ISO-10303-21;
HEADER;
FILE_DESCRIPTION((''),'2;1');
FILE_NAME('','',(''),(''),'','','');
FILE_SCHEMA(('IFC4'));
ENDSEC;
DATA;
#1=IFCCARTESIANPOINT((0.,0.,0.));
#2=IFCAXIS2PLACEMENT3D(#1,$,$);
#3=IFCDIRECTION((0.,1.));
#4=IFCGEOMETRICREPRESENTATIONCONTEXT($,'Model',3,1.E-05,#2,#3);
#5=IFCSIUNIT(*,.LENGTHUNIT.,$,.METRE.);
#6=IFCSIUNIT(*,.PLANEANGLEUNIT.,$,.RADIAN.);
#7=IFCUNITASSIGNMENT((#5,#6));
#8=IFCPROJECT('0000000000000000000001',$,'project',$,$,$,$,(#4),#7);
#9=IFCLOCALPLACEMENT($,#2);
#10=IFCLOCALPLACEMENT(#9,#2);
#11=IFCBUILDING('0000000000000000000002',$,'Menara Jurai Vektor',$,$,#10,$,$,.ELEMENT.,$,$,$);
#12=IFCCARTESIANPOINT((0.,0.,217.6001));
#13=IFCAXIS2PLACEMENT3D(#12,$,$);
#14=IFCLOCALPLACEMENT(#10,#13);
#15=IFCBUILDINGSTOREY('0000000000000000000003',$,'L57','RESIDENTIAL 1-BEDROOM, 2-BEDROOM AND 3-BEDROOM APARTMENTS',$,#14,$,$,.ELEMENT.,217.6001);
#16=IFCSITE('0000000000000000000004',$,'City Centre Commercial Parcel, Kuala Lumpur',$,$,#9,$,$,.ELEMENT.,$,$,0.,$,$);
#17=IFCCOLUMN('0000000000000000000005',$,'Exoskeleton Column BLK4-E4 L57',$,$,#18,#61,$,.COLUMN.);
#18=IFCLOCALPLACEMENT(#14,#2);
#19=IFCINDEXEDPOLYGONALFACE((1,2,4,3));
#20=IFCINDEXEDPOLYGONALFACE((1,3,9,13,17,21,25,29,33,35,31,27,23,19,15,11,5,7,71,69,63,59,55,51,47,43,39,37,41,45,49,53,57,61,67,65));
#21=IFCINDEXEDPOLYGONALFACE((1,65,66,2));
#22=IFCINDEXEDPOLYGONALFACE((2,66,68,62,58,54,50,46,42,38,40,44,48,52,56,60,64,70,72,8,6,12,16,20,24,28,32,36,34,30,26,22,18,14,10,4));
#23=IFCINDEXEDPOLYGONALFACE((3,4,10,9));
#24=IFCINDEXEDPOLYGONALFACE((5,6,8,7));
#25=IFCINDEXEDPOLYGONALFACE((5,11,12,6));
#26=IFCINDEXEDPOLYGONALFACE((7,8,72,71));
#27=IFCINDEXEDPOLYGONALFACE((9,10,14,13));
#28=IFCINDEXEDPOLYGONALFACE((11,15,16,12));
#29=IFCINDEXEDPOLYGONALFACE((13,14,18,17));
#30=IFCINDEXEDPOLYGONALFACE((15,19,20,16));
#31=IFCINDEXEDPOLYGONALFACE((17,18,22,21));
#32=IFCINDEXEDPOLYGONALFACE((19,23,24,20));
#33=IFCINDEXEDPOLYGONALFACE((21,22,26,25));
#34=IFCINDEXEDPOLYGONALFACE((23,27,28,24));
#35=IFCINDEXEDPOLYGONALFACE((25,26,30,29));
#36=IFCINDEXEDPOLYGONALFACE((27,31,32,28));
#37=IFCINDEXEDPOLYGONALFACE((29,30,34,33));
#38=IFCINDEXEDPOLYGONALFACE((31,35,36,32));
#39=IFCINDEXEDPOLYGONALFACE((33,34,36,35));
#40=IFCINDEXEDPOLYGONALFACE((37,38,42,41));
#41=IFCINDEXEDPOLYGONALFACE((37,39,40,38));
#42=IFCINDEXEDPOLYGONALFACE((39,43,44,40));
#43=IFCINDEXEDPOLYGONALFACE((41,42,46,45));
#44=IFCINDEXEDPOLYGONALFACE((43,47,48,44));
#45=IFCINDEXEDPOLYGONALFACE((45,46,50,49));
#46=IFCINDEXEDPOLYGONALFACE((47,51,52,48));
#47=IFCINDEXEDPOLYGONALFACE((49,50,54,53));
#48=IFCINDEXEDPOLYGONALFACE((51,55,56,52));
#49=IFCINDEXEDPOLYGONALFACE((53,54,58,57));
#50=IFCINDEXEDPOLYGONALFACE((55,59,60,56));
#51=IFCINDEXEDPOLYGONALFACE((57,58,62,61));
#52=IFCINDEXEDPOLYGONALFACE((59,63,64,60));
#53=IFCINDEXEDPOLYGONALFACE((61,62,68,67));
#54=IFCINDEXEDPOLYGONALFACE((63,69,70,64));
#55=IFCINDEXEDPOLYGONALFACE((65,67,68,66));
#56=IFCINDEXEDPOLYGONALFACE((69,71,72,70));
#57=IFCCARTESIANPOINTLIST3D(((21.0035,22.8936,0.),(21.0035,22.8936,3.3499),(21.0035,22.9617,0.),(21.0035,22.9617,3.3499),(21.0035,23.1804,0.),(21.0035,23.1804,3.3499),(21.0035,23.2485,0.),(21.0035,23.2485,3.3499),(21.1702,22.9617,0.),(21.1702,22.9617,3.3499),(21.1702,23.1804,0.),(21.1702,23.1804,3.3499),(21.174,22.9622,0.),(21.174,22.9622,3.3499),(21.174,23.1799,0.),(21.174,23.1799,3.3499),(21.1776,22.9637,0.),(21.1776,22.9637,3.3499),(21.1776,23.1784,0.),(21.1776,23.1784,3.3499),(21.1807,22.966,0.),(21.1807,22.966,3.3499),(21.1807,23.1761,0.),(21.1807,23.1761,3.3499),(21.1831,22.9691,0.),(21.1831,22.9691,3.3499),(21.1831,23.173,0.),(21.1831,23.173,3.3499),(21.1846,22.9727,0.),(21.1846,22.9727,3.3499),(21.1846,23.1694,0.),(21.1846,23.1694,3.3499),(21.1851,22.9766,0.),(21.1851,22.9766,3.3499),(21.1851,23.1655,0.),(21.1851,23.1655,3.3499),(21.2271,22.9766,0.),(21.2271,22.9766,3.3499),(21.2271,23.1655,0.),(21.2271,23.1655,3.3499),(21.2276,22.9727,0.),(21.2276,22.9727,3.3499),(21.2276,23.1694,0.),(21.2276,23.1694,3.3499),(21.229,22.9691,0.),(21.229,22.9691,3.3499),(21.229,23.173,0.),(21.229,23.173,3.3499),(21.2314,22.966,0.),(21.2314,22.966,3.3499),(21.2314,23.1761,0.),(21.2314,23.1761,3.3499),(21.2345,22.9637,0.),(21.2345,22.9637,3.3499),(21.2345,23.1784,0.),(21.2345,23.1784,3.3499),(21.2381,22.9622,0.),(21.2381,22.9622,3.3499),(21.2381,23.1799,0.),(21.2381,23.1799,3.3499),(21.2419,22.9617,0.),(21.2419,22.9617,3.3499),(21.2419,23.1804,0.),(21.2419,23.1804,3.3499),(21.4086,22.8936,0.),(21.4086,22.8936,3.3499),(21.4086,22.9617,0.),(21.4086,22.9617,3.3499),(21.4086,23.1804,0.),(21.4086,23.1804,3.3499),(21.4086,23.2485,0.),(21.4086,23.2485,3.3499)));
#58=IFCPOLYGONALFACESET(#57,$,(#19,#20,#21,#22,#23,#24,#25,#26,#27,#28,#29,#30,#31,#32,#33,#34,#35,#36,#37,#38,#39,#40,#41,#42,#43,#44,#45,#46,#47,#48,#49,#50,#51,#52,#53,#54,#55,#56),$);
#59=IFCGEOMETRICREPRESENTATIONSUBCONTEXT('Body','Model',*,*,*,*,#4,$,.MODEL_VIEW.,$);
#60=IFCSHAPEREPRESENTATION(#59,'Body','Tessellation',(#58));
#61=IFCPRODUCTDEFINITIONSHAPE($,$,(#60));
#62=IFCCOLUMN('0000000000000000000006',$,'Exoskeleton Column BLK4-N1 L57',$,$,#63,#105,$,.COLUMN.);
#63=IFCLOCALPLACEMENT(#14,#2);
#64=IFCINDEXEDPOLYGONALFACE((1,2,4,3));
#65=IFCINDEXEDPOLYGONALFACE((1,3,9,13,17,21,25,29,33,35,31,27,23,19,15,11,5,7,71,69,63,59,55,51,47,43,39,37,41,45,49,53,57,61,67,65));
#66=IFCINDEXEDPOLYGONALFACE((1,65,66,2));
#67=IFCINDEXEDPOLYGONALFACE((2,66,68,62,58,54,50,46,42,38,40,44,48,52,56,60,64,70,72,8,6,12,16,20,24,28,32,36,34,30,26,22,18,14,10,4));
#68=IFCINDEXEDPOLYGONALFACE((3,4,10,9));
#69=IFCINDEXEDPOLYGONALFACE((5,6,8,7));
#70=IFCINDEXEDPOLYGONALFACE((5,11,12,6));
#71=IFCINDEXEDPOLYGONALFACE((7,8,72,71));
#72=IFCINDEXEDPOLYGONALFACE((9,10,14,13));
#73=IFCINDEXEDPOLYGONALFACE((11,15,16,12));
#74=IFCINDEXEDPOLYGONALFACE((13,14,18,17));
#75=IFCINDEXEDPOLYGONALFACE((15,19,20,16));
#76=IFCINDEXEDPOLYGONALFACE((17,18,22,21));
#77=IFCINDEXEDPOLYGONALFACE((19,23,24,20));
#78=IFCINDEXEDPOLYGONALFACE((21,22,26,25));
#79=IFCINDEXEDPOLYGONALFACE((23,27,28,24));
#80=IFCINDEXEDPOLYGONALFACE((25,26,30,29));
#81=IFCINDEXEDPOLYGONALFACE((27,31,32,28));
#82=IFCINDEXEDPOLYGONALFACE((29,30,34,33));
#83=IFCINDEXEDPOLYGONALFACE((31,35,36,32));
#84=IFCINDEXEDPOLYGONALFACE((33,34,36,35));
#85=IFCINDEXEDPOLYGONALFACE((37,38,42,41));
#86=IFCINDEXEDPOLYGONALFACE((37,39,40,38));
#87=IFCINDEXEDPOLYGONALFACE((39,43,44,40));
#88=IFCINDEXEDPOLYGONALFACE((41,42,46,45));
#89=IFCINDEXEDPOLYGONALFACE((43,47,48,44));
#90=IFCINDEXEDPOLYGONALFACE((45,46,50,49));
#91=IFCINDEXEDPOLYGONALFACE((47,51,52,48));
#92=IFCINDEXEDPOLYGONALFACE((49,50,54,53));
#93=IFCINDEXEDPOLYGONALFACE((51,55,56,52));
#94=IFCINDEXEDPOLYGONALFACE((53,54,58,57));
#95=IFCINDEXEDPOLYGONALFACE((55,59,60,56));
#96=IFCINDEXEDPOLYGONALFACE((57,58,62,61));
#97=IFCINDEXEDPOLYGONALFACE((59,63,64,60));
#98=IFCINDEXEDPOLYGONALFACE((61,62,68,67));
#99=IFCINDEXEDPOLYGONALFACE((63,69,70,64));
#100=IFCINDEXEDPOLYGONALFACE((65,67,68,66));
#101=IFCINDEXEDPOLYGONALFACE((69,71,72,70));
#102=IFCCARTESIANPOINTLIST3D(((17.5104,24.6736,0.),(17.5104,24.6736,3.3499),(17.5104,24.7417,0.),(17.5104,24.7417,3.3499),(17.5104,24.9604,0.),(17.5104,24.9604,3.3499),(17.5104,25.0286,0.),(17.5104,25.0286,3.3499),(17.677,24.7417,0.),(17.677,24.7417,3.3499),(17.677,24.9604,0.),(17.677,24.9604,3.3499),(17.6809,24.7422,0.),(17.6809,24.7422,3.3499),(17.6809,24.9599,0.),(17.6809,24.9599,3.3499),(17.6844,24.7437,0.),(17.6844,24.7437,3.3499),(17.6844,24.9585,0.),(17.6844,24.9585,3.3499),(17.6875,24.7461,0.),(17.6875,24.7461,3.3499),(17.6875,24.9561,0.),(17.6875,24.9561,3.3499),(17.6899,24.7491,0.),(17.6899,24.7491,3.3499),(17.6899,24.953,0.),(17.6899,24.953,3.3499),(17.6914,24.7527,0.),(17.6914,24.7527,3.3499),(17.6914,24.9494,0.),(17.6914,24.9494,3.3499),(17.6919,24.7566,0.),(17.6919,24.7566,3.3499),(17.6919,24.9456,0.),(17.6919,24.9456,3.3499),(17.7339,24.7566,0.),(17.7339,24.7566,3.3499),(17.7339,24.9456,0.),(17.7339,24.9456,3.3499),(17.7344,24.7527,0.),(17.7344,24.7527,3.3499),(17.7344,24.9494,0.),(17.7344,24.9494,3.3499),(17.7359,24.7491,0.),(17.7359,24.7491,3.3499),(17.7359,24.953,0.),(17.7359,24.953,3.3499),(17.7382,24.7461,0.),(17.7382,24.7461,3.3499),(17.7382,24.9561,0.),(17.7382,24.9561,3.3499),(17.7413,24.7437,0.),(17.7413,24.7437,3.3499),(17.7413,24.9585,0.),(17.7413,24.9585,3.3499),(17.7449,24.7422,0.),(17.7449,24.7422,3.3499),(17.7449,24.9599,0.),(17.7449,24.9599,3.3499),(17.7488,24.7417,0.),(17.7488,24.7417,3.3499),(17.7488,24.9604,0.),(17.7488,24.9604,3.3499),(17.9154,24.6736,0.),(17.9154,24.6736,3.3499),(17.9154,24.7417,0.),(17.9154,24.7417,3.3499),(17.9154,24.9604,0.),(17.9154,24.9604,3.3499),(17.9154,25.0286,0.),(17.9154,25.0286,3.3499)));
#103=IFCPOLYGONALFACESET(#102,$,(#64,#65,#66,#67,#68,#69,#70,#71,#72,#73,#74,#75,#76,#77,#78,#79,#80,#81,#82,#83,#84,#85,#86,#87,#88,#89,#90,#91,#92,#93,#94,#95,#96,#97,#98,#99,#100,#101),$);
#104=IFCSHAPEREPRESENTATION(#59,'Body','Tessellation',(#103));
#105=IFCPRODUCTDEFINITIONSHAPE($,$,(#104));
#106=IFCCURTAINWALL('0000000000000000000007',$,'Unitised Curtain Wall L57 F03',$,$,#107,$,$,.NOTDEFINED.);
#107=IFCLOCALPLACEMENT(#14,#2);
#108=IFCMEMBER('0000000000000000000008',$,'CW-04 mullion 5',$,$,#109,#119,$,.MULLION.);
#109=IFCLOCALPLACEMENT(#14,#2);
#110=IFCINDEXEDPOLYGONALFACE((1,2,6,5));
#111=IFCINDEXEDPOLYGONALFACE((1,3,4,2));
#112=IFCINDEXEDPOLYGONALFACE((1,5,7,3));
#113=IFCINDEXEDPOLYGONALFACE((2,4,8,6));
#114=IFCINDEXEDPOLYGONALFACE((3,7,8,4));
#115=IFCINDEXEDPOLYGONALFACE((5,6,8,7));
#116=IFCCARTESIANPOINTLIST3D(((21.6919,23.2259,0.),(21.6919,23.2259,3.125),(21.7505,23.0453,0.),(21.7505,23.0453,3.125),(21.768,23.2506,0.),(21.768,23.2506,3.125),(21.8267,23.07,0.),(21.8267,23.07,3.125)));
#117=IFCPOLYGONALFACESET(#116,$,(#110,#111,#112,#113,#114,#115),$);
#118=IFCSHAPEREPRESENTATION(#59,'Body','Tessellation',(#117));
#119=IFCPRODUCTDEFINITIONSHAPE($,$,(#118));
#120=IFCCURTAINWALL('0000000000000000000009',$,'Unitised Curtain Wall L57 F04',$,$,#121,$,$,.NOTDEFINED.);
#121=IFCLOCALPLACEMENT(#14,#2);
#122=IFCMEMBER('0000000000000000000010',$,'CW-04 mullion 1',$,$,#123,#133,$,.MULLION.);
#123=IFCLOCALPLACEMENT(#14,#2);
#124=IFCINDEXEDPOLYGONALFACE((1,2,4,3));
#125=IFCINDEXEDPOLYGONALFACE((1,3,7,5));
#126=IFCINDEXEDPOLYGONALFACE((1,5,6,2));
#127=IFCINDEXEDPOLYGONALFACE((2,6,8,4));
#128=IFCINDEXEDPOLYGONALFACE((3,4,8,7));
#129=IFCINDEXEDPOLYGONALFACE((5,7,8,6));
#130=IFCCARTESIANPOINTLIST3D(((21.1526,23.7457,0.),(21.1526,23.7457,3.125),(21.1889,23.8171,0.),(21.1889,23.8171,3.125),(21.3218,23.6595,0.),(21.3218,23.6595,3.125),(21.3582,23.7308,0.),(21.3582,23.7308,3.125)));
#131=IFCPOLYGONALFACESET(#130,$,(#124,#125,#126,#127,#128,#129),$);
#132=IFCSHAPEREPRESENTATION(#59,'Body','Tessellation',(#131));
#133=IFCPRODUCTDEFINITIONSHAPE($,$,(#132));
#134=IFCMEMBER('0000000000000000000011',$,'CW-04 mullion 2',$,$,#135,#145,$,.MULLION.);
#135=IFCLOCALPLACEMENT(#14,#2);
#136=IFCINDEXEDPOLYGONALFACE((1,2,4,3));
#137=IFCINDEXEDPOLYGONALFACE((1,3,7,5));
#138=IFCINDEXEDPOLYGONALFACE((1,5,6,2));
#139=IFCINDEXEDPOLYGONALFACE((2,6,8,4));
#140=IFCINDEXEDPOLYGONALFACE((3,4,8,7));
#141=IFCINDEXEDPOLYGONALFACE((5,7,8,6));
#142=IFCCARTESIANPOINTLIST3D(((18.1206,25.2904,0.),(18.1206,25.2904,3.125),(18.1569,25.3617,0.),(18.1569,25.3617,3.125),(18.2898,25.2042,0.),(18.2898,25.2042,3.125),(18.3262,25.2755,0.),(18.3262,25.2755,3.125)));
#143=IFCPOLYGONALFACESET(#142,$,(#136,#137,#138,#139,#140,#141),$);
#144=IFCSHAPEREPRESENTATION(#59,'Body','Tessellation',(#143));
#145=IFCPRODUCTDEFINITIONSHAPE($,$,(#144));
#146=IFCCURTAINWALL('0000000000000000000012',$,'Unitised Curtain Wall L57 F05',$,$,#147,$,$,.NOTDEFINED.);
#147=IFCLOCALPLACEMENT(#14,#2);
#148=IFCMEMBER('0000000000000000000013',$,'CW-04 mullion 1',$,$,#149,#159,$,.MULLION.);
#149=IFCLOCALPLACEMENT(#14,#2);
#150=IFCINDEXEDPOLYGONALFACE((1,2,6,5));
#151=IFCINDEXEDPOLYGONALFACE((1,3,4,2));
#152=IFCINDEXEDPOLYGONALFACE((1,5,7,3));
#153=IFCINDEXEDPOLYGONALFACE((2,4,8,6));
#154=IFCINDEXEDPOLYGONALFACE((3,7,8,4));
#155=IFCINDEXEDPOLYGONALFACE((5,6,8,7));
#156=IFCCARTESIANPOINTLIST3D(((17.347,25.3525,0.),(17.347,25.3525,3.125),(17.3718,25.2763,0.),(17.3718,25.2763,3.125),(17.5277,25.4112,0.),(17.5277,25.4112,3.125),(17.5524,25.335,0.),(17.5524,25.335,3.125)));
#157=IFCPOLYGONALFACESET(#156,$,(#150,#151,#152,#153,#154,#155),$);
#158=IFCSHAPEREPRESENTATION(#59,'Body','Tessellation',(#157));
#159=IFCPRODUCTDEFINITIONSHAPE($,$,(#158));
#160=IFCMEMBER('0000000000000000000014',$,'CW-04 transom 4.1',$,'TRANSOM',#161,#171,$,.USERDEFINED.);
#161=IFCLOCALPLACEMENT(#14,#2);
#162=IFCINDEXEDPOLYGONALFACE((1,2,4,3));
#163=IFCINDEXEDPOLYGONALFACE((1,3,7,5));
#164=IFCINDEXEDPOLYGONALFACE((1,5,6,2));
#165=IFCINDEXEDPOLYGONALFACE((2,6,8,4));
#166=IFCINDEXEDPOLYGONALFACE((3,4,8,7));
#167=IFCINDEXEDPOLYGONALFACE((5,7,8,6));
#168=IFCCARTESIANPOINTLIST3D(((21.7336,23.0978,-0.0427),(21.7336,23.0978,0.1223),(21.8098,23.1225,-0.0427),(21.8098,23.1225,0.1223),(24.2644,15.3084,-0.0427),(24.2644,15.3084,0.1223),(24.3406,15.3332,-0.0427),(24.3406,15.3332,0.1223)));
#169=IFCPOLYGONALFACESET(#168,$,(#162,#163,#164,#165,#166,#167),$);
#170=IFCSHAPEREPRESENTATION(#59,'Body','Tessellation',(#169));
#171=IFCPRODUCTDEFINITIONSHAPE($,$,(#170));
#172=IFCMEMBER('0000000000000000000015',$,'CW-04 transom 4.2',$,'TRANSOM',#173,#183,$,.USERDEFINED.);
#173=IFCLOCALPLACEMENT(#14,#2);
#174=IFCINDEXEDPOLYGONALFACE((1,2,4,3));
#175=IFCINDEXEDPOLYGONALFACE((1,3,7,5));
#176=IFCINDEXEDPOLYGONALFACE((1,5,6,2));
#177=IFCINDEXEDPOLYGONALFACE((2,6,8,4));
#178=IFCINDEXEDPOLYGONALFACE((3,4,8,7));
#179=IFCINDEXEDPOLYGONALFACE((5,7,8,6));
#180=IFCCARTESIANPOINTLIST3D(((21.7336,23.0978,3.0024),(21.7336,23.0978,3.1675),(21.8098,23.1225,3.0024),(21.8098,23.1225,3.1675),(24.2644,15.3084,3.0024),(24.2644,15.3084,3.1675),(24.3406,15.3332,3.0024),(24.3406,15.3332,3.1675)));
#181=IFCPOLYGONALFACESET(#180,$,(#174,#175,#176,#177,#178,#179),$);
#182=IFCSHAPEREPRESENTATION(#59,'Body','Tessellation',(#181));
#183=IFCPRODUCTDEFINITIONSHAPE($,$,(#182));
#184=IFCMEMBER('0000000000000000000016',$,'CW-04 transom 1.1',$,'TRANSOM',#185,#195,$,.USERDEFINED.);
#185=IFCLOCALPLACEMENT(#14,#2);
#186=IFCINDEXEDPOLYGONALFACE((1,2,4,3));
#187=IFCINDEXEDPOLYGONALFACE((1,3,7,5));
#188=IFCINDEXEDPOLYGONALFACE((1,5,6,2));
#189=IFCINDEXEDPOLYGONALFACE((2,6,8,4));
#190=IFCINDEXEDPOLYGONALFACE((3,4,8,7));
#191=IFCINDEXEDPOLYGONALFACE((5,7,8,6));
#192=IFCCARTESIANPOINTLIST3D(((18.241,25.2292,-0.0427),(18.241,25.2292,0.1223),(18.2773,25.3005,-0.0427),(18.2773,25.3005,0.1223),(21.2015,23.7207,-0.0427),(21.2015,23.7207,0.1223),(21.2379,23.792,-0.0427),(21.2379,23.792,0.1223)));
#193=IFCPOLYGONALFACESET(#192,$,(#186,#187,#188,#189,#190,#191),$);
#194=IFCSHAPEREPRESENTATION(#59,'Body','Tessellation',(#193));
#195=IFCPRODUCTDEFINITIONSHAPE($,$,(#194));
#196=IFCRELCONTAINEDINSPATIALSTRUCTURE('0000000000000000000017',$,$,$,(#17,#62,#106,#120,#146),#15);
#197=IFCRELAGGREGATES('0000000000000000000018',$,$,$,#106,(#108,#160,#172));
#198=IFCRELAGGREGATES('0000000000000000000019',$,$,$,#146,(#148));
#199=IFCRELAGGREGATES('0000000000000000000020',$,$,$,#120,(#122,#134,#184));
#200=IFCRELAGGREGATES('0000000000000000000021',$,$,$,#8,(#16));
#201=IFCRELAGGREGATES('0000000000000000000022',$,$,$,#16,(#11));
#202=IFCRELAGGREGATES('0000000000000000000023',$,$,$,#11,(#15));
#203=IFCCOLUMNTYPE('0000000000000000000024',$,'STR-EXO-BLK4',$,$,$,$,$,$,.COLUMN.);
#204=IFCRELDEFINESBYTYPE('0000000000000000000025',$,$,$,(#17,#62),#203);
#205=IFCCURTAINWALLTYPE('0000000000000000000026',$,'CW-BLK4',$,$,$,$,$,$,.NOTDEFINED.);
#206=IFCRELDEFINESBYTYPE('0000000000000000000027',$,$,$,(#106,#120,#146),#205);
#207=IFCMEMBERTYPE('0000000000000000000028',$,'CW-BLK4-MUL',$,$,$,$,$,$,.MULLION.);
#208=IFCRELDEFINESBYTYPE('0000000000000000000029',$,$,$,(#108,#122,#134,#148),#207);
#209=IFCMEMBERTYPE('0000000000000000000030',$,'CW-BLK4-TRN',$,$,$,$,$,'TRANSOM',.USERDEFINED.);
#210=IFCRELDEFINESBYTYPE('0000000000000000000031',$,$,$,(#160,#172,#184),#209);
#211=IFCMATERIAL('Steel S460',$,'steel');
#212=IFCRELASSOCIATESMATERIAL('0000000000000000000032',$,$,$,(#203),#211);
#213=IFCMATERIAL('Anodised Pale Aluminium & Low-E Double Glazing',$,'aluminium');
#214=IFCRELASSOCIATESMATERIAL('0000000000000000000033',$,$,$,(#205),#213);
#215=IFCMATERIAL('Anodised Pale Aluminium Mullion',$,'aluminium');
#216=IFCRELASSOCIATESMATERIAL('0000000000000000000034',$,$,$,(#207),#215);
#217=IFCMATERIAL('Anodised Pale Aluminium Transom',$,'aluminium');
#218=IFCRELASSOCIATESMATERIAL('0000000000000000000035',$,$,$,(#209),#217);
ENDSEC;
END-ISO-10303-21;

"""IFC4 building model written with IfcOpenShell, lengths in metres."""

from ifc_helpers import new_model, si_unit, direction, frame, origin, origin_2d, place, context, subcontext, project, spatial, rectangle, i_section, extrude, material, material_profile, profile_set, type_object, element, aggregate, save


model = new_model("IFC4")

# Units and contexts
model_context = context("Model", 3, precision=1e-05, world=origin(), true_north=direction((0.0, 1.0)))
body_context = subcontext(model_context, "Body", "Model", "MODEL_VIEW")
ifc_project = project(units=[si_unit("LENGTHUNIT", "METRE"), si_unit("PLANEANGLEUNIT", "RADIAN")], contexts=[model_context])

# Site, building, storey
site_placement = place(None, origin())
site = spatial("IfcSite", under=ifc_project, at=site_placement, Name="City Centre Commercial Parcel, Kuala Lumpur", CompositionType="ELEMENT", RefElevation=0.0)
building_placement = place(site_placement, origin())
building = spatial("IfcBuilding", under=site, at=building_placement, Name="Menara Jurai Vektor", CompositionType="ELEMENT")
storey_placement = place(building_placement, frame((0.0, 0.0, 217.6001)))
storey = spatial("IfcBuildingStorey", under=building, at=storey_placement, Name="L57", Description="RESIDENTIAL 1-BEDROOM, 2-BEDROOM AND 3-BEDROOM APARTMENTS", CompositionType="ELEMENT", Elevation=217.6001)

# Columns
ifc_material_1 = material(Name="Steel S460", Category="steel")
ifc_material_profile_1 = material_profile(ifc_material_1, i_section(OverallWidth=0.405, OverallDepth=0.355, WebThickness=0.042, FlangeThickness=0.0681, FilletRadius=0.0149, at=origin_2d()), Name="HD 400x551")
ifc_profile_set_1 = profile_set([ifc_material_profile_1], Name="Steel S460")
column_type = type_object("IfcColumnType", Name="STR-EXO-BLK4", PredefinedType="COLUMN", material=ifc_profile_set_1)
for number, where, z_axis, x_axis, name in (
    (1, (21.2061, 23.071, 0.0), (0.0, 0.0, 1.0), (1.0, 0.0, 0.0), "Exoskeleton Column BLK4-E4 L57"),
    (2, (17.7129, 24.8511, 0.0), (0.0, 0.0, 1.0), (1.0, 0.0, 0.0), "Exoskeleton Column BLK4-N1 L57"),
):
    element("IfcColumn", number, at=place(storey_placement, frame(where, z_axis=z_axis, x_axis=x_axis)), inside=storey, type_object=column_type, Name=name, PredefinedType="COLUMN", context=body_context, shape_type="SweptSolid", body=[
        extrude(i_section(OverallWidth=0.405, OverallDepth=0.355, WebThickness=0.042, FlangeThickness=0.0681, FilletRadius=0.0149, at=origin_2d()), origin(), (0.0, 0.0, 1.0), 3.3499),
    ])

# Curtain wall, member
ifc_material_2 = material(Name="Anodised Pale Aluminium & Low-E Double Glazing", Category="aluminium")
curtain_wall_type = type_object("IfcCurtainWallType", Name="CW-BLK4", PredefinedType="NOTDEFINED", material=ifc_material_2)
curtain_wall_1_placement = place(storey_placement, origin())
curtain_wall_1 = element("IfcCurtainWall", 3, at=curtain_wall_1_placement, inside=storey, type_object=curtain_wall_type, Name="Unitised Curtain Wall L57 F03", PredefinedType="NOTDEFINED")
ifc_material_3 = material(Name="Anodised Pale Aluminium Mullion", Category="aluminium")
ifc_material_profile_2 = material_profile(ifc_material_3, rectangle(XDim=0.0801, YDim=0.1899, at=origin_2d()), Name="ALU MUL 80x190")
ifc_profile_set_2 = profile_set([ifc_material_profile_2], Name="Anodised Pale Aluminium Mullion")
member_type_1 = type_object("IfcMemberType", Name="CW-BLK4-MUL", PredefinedType="MULLION", material=ifc_profile_set_2)
member_1_placement = place(storey_placement, frame((21.7593, 23.1479, 0.0), z_axis=(0.0, 0.0, 1.0), x_axis=(-0.951057, -0.309016, 0.0)))
member_1 = element("IfcMember", 4, at=member_1_placement, type_object=member_type_1, Name="CW-04 mullion 5", PredefinedType="MULLION", context=body_context, shape_type="SweptSolid", body=[
    extrude(rectangle(XDim=0.0801, YDim=0.1899, at=origin_2d()), origin(), (0.0, 0.0, 1.0), 3.125),
])

# Curtain wall, members
curtain_wall_2_placement = place(storey_placement, origin())
curtain_wall_2 = element("IfcCurtainWall", 5, at=curtain_wall_2_placement, inside=storey, type_object=curtain_wall_type, Name="Unitised Curtain Wall L57 F04", PredefinedType="NOTDEFINED")
member_2_placement = place(storey_placement, frame((21.2554, 23.7383, 0.0), z_axis=(0.0, 0.0, 1.0), x_axis=(-0.453989, -0.891008, 0.0)))
member_2 = element("IfcMember", 6, at=member_2_placement, type_object=member_type_1, Name="CW-04 mullion 1", PredefinedType="MULLION", context=body_context, shape_type="SweptSolid", body=[
    extrude(rectangle(XDim=0.0801, YDim=0.1899, at=origin_2d()), origin(), (0.0, 0.0, 1.0), 3.125),
])
member_3_placement = place(storey_placement, frame((18.2234, 25.283, 0.0), z_axis=(0.0, 0.0, 1.0), x_axis=(-0.453989, -0.891008, 0.0)))
member_3 = element("IfcMember", 7, at=member_3_placement, type_object=member_type_1, Name="CW-04 mullion 2", PredefinedType="MULLION", context=body_context, shape_type="SweptSolid", body=[
    extrude(rectangle(XDim=0.0801, YDim=0.1899, at=origin_2d()), origin(), (0.0, 0.0, 1.0), 3.125),
])

# Curtain wall, member
curtain_wall_3_placement = place(storey_placement, origin())
curtain_wall_3 = element("IfcCurtainWall", 8, at=curtain_wall_3_placement, inside=storey, type_object=curtain_wall_type, Name="Unitised Curtain Wall L57 F05", PredefinedType="NOTDEFINED")
member_4_placement = place(storey_placement, frame((17.4497, 25.3438, 0.0), z_axis=(0.0, 0.0, 1.0), x_axis=(0.309017, -0.951056, 0.0)))
member_4 = element("IfcMember", 9, at=member_4_placement, type_object=member_type_1, Name="CW-04 mullion 1", PredefinedType="MULLION", context=body_context, shape_type="SweptSolid", body=[
    extrude(rectangle(XDim=0.0801, YDim=0.1899, at=origin_2d()), origin(), (0.0, 0.0, 1.0), 3.125),
])

# Members
ifc_material_4 = material(Name="Anodised Pale Aluminium Transom", Category="aluminium")
ifc_material_profile_3 = material_profile(ifc_material_4, rectangle(XDim=0.0801, YDim=0.165, at=origin_2d()), Name="ALU TRN 80x165")
ifc_profile_set_3 = profile_set([ifc_material_profile_3], Name="Anodised Pale Aluminium Transom")
member_type_2 = type_object("IfcMemberType", Name="CW-BLK4-TRN", ElementType="TRANSOM", PredefinedType="USERDEFINED", material=ifc_profile_set_3)
member_5_placement = place(storey_placement, frame((24.3025, 15.3208, 0.0398), z_axis=(-0.309002, 0.951061, 0.0), x_axis=(-0.951061, -0.309002, 0.0)))
member_5 = element("IfcMember", 10, at=member_5_placement, type_object=member_type_2, Name="CW-04 transom 4.1", ObjectType="TRANSOM", PredefinedType="USERDEFINED", context=body_context, shape_type="SweptSolid", body=[
    extrude(rectangle(XDim=0.0801, YDim=0.165, at=origin_2d()), origin(), (0.0, 0.0, 1.0), 8.1902),
])
member_6_placement = place(storey_placement, frame((24.3025, 15.3208, 3.085), z_axis=(-0.309002, 0.951061, 0.0), x_axis=(-0.951061, -0.309002, 0.0)))
member_6 = element("IfcMember", 11, at=member_6_placement, type_object=member_type_2, Name="CW-04 transom 4.2", ObjectType="TRANSOM", PredefinedType="USERDEFINED", context=body_context, shape_type="SweptSolid", body=[
    extrude(rectangle(XDim=0.0801, YDim=0.165, at=origin_2d()), origin(), (0.0, 0.0, 1.0), 8.1902),
])
member_7_placement = place(storey_placement, frame((21.2197, 23.7563, 0.0398), z_axis=(-0.891007, 0.45399, 0.0), x_axis=(-0.45399, -0.891007, 0.0)))
member_7 = element("IfcMember", 12, at=member_7_placement, type_object=member_type_2, Name="CW-04 transom 1.1", ObjectType="TRANSOM", PredefinedType="USERDEFINED", context=body_context, shape_type="SweptSolid", body=[
    extrude(rectangle(XDim=0.0801, YDim=0.165, at=origin_2d()), origin(), (0.0, 0.0, 1.0), 3.3228),
])

aggregate(curtain_wall_1, [member_1, member_5, member_6])
aggregate(curtain_wall_3, [member_4])
aggregate(curtain_wall_2, [member_2, member_3, member_7])

save(model, "model.ifc")
